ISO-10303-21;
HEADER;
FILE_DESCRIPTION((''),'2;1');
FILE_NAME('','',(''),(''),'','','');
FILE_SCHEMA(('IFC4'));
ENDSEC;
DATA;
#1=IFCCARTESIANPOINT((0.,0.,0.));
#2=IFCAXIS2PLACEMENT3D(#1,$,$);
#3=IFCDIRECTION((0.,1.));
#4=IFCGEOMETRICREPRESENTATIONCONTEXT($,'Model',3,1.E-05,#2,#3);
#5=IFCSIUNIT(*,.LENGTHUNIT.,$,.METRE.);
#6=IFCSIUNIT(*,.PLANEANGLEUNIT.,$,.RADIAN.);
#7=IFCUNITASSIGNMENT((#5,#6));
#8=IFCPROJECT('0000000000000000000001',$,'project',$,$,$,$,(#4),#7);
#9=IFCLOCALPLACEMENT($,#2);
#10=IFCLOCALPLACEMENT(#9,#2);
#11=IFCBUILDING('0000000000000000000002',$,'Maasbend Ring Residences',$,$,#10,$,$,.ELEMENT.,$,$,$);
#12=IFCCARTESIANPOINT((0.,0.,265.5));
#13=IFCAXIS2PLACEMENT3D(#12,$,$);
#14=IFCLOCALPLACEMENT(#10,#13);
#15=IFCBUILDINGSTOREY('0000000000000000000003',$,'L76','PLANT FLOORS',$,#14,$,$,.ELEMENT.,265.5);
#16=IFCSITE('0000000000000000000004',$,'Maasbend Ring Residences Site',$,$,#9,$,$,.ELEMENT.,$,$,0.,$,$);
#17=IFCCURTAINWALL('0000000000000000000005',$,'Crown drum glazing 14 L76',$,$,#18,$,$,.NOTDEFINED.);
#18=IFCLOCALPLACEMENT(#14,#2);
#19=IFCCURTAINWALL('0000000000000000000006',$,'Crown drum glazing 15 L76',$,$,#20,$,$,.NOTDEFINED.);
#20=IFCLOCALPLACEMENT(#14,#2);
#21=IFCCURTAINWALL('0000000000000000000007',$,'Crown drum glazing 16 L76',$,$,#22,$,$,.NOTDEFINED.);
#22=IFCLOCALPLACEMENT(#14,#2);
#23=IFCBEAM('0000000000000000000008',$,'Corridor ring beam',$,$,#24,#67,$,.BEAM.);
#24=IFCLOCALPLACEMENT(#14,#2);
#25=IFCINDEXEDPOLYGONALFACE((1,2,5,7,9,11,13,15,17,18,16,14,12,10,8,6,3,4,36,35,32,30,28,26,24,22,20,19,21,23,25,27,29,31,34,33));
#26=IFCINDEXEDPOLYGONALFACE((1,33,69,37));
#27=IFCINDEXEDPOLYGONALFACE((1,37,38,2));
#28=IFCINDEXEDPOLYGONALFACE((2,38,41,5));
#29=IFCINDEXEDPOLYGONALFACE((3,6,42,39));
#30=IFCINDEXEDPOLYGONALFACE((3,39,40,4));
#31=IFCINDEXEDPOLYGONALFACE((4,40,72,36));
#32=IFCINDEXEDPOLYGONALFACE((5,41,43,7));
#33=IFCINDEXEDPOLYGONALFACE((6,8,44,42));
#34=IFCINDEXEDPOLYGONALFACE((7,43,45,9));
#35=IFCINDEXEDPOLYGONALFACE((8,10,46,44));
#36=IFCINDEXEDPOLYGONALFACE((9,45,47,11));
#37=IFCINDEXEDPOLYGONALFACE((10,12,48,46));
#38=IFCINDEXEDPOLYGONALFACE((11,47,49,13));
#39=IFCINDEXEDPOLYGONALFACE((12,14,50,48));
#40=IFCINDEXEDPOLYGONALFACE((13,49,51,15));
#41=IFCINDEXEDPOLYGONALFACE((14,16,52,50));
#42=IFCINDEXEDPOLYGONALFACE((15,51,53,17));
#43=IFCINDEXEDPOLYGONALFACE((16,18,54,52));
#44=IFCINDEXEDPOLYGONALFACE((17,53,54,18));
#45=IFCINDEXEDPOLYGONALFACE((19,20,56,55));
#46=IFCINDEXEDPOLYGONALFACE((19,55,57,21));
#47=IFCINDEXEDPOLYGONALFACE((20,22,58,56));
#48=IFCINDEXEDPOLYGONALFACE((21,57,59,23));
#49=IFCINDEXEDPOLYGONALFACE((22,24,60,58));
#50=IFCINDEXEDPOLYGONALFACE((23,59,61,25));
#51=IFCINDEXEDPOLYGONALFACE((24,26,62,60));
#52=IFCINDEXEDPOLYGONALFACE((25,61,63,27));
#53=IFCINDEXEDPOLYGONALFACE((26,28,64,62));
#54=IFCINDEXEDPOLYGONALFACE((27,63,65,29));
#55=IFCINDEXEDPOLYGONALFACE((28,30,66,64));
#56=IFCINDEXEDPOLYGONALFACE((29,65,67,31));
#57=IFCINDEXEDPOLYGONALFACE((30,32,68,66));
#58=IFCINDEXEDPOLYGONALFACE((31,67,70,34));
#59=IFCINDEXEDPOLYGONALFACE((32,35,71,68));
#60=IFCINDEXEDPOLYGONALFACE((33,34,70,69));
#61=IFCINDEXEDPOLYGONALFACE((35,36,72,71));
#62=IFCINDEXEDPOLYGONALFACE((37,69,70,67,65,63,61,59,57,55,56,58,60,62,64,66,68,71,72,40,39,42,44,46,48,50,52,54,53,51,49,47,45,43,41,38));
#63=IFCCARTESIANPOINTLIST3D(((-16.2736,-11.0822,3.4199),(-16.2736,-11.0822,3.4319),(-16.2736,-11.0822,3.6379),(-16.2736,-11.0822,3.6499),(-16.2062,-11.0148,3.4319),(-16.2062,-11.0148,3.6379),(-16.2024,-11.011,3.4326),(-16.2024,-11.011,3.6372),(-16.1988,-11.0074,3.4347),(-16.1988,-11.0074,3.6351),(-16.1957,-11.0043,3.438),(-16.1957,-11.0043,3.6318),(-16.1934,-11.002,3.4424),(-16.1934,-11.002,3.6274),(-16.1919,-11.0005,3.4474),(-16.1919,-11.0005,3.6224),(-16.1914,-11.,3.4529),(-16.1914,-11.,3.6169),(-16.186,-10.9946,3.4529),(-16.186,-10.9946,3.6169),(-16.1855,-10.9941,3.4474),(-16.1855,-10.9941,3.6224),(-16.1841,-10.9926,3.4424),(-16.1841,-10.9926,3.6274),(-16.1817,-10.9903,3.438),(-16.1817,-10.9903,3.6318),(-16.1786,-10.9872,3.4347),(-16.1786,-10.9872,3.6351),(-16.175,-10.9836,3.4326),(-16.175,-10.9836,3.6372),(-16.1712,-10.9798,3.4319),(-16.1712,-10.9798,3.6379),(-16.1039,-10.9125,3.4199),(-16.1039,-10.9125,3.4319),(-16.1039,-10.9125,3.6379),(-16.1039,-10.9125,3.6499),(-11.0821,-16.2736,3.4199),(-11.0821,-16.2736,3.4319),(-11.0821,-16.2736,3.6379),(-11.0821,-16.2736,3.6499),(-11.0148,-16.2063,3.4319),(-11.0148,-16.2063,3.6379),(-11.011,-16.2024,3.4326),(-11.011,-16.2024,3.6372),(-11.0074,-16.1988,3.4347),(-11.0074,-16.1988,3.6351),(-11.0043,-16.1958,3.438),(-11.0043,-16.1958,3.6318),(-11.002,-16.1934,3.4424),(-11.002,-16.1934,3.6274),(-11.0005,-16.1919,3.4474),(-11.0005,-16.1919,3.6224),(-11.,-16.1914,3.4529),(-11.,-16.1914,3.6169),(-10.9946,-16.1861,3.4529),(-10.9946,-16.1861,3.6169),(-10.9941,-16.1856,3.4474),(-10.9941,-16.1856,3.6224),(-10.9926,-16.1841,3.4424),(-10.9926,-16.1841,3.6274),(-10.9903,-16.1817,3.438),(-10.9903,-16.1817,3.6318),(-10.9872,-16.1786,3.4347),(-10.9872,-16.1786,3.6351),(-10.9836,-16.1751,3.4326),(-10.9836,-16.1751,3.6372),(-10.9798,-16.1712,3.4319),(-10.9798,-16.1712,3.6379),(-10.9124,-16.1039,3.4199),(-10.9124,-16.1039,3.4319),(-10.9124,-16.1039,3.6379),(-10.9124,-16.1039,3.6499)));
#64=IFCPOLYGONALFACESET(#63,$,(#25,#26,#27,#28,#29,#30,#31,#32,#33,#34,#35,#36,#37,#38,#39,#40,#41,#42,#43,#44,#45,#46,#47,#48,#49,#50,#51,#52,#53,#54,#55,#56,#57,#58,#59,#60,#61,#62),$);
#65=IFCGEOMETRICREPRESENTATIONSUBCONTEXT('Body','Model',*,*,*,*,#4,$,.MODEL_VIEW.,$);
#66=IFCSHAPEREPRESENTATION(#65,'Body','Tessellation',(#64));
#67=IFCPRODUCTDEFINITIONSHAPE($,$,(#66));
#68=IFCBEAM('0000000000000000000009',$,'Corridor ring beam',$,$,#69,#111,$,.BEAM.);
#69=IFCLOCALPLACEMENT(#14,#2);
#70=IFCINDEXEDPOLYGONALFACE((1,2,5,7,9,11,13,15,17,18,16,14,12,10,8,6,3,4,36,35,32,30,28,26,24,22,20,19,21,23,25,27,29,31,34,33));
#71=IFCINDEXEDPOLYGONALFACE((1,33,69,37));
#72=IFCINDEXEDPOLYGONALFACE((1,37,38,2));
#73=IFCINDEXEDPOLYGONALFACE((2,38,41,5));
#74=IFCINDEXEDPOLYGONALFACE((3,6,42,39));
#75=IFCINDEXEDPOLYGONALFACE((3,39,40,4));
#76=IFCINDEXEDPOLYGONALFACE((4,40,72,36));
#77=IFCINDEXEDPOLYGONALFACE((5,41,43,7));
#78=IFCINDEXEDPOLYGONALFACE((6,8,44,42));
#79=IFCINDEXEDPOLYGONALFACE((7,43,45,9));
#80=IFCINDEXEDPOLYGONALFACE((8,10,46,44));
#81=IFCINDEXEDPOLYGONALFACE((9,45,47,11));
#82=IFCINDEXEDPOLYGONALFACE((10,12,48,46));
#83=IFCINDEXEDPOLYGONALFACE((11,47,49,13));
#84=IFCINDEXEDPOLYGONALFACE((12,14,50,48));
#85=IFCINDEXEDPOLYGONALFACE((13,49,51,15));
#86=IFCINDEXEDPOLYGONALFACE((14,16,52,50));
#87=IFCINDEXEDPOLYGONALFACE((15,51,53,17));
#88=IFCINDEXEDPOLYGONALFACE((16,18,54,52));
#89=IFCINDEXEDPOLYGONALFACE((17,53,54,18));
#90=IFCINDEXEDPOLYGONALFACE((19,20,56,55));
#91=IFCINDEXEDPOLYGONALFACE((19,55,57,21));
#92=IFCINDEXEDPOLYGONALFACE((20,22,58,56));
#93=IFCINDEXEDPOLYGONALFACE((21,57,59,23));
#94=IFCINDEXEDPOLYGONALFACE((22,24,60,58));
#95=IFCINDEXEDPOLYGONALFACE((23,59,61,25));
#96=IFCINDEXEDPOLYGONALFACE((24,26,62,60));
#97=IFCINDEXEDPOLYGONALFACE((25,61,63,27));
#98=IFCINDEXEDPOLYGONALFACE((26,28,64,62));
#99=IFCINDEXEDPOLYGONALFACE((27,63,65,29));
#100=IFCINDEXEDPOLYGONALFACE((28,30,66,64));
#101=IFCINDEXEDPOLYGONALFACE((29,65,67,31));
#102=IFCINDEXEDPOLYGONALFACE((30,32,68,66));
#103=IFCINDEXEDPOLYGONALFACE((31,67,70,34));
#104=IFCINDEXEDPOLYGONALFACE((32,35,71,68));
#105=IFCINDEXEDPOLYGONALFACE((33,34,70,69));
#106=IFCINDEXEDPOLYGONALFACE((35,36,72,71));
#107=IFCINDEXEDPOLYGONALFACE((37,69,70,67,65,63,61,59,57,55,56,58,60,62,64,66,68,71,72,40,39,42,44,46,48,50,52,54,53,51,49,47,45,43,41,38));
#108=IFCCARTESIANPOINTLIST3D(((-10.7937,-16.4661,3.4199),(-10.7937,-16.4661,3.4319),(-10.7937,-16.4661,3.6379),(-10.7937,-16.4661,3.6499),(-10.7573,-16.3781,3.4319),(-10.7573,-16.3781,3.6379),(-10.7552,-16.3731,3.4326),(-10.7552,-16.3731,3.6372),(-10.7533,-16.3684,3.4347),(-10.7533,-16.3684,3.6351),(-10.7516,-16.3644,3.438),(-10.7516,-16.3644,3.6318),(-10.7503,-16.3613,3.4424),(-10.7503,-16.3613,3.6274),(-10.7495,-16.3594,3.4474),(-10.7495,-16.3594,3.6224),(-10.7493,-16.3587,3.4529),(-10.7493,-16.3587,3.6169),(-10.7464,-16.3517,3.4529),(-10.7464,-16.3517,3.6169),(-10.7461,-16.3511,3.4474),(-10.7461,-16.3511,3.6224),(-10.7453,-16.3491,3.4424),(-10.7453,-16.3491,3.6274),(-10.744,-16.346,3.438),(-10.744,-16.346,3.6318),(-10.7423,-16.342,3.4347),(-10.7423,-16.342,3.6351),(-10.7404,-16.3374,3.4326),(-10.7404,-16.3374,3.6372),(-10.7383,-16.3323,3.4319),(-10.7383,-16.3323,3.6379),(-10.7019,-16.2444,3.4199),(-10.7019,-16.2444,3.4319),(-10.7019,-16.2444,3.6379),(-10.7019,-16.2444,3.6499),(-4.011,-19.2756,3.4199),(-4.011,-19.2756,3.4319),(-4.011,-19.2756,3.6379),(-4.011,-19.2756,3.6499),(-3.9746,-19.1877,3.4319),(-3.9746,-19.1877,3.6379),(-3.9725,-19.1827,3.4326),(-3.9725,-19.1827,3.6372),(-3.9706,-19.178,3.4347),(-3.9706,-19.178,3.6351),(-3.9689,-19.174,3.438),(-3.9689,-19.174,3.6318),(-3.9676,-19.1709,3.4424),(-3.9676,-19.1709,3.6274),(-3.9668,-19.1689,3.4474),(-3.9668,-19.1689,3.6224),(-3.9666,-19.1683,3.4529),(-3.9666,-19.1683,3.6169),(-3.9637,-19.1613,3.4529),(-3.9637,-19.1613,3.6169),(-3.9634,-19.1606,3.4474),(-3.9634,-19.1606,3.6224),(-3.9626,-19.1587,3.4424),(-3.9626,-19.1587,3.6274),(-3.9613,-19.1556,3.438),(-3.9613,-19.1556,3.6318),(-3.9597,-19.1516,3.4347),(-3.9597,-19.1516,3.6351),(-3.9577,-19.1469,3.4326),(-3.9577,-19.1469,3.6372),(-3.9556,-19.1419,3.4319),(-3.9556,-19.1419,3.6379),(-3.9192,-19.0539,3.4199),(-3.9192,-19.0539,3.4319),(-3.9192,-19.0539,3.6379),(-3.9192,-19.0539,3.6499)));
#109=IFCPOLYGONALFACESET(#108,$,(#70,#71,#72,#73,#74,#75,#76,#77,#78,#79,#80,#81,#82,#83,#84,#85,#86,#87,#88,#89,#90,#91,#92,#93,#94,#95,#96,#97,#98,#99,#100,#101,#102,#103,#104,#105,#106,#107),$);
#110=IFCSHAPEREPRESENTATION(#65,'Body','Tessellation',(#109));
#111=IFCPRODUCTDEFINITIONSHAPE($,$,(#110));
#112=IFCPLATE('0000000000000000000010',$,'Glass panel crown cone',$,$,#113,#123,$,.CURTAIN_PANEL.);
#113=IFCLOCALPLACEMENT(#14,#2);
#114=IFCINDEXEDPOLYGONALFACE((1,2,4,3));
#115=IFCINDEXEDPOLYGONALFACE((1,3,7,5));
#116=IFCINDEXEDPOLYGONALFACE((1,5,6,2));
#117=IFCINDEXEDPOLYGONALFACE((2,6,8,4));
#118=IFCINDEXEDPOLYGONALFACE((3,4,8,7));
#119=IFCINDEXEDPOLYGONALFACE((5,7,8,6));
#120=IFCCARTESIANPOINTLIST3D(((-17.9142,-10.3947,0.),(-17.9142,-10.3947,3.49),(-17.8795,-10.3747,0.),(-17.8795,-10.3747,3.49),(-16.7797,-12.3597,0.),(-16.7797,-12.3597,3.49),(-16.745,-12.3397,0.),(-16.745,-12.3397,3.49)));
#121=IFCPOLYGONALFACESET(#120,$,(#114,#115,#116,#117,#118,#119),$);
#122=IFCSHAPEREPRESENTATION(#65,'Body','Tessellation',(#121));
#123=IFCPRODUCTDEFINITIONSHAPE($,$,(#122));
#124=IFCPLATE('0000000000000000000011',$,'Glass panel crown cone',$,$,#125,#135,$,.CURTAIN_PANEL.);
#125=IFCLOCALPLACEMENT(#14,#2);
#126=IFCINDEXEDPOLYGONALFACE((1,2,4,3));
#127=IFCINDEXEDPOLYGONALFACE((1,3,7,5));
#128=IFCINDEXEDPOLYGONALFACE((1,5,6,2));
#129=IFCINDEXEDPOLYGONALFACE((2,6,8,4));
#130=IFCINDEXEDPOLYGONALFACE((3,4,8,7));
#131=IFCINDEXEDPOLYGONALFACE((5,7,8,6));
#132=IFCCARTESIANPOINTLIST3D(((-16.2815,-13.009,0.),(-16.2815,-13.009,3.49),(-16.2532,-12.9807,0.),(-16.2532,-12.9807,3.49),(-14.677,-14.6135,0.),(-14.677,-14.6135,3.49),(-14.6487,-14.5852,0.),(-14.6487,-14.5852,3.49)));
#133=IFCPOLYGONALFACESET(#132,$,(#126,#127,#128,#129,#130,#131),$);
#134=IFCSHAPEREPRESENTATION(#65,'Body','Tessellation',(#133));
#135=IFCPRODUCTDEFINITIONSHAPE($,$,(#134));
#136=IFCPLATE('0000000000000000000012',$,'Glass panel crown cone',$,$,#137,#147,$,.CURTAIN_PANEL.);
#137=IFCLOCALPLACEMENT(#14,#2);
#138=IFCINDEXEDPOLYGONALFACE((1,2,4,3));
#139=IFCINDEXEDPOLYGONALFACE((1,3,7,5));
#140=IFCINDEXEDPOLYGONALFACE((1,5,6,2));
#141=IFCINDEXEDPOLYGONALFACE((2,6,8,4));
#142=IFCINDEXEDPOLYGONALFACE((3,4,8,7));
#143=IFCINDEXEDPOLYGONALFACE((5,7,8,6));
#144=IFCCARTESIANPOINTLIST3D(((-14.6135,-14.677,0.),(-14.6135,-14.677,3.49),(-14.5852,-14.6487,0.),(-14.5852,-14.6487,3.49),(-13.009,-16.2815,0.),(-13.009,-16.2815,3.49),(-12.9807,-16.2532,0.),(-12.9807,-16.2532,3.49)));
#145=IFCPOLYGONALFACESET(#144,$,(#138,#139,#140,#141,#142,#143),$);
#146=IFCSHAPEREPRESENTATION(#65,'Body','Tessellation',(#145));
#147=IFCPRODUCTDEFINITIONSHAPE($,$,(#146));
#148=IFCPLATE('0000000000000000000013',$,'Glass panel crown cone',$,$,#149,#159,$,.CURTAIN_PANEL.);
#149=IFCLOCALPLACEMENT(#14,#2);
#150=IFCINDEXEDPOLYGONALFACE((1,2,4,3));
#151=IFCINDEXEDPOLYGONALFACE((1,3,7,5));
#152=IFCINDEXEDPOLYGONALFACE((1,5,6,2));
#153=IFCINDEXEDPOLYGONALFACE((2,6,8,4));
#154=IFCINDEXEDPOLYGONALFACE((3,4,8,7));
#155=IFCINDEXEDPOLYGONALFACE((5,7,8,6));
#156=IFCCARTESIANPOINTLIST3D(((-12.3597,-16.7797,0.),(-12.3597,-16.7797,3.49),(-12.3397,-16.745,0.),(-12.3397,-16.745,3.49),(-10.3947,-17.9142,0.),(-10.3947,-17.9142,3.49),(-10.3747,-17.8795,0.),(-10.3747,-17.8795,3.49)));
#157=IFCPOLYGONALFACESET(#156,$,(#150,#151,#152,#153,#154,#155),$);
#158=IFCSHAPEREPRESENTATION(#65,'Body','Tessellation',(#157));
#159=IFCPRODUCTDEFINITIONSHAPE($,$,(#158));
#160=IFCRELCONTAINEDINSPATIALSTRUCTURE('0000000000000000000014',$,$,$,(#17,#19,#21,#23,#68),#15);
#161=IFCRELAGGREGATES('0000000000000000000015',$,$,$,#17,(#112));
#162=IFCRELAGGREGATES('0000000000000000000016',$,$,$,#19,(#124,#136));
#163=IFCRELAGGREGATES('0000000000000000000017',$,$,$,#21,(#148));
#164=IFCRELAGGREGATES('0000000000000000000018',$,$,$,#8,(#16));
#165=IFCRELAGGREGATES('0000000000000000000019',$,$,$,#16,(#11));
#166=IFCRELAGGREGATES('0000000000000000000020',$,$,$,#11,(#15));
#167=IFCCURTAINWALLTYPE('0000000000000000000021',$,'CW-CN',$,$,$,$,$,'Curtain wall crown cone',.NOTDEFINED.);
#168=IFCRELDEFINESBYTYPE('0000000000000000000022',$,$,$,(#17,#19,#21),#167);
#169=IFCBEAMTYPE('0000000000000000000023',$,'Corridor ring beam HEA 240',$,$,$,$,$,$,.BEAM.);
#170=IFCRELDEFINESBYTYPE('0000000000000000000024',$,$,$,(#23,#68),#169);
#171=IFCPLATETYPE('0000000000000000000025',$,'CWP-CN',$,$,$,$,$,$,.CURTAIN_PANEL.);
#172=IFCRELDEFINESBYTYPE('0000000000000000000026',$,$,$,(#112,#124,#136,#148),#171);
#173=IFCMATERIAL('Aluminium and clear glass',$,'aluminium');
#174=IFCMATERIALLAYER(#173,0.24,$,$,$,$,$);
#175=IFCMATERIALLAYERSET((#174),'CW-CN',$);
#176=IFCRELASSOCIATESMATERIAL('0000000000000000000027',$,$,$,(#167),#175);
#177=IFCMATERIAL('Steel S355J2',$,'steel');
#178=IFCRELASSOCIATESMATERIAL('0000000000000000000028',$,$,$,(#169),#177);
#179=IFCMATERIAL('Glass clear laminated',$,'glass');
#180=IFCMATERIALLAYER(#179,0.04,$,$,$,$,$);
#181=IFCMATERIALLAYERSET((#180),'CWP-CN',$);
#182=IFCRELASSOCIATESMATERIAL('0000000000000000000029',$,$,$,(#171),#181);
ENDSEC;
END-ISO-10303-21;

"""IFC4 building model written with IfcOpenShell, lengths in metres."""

from ifc_helpers import new_model, si_unit, direction, frame, origin, origin_2d, place, context, subcontext, project, spatial, rectangle, i_section, extrude, material, layer, layer_set, material_profile, profile_set, type_object, element, aggregate, save


model = new_model("IFC4")

# Units and contexts
model_context = context("Model", 3, precision=1e-05, world=origin(), true_north=direction((0.0, 1.0)))
body_context = subcontext(model_context, "Body", "Model", "MODEL_VIEW")
ifc_project = project(units=[si_unit("LENGTHUNIT", "METRE"), si_unit("PLANEANGLEUNIT", "RADIAN")], contexts=[model_context])

# Site, building, storey
site_placement = place(None, origin())
site = spatial("IfcSite", under=ifc_project, at=site_placement, Name="Maasbend Ring Residences Site", CompositionType="ELEMENT", RefElevation=0.0)
building_placement = place(site_placement, origin())
building = spatial("IfcBuilding", under=site, at=building_placement, Name="Maasbend Ring Residences", CompositionType="ELEMENT")
storey_placement = place(building_placement, frame((0.0, 0.0, 265.5)))
storey = spatial("IfcBuildingStorey", under=building, at=storey_placement, Name="L76", Description="PLANT FLOORS", CompositionType="ELEMENT", Elevation=265.5)

# Curtain wall
ifc_material_1 = material(Name="Aluminium and clear glass", Category="aluminium")
ifc_layer_1 = layer(ifc_material_1, 0.24)
ifc_layer_set_1 = layer_set([ifc_layer_1], Name="CW-CN")
curtain_wall_type = type_object("IfcCurtainWallType", Name="CW-CN", ElementType="Curtain wall crown cone", PredefinedType="NOTDEFINED", material=ifc_layer_set_1)
curtain_wall_1_placement = place(storey_placement, origin())
curtain_wall_1 = element("IfcCurtainWall", 1, at=curtain_wall_1_placement, inside=storey, type_object=curtain_wall_type, Name="Crown drum glazing 14 L76", PredefinedType="NOTDEFINED")

# Curtain wall
curtain_wall_2_placement = place(storey_placement, origin())
curtain_wall_2 = element("IfcCurtainWall", 2, at=curtain_wall_2_placement, inside=storey, type_object=curtain_wall_type, Name="Crown drum glazing 15 L76", PredefinedType="NOTDEFINED")

# Curtain wall
curtain_wall_3_placement = place(storey_placement, origin())
curtain_wall_3 = element("IfcCurtainWall", 3, at=curtain_wall_3_placement, inside=storey, type_object=curtain_wall_type, Name="Crown drum glazing 16 L76", PredefinedType="NOTDEFINED")

# Beams
ifc_material_2 = material(Name="Steel S355J2", Category="steel")
ifc_material_profile_1 = material_profile(ifc_material_2, i_section(OverallWidth=0.24, OverallDepth=0.23, WebThickness=0.0076, FlangeThickness=0.012, FilletRadius=0.021, at=origin_2d()), Name="HEA 240")
ifc_profile_set_1 = profile_set([ifc_material_profile_1], Name="Steel S355J2")
beam_type = type_object("IfcBeamType", Name="Corridor ring beam HEA 240", PredefinedType="BEAM", material=ifc_profile_set_1)
beam_1_placement = place(storey_placement, frame((-16.1887, -10.9973, 3.5349), z_axis=(0.707107, -0.707107, 0.0), x_axis=(0.707107, 0.707107, 0.0)))
element("IfcBeam", 4, at=beam_1_placement, inside=storey, type_object=beam_type, Name="Corridor ring beam", PredefinedType="BEAM", context=body_context, shape_type="SweptSolid", body=[
    extrude(i_section(OverallWidth=0.24, OverallDepth=0.23, WebThickness=0.0076, FlangeThickness=0.012, FilletRadius=0.021, at=origin_2d()), origin(), (0.0, 0.0, 1.0), 7.3418),
])
beam_2_placement = place(storey_placement, frame((-10.7478, -16.3552, 3.5349), z_axis=(0.923876, -0.382692, 0.0), x_axis=(0.382692, 0.923876, 0.0)))
element("IfcBeam", 5, at=beam_2_placement, inside=storey, type_object=beam_type, Name="Corridor ring beam", PredefinedType="BEAM", context=body_context, shape_type="SweptSolid", body=[
    extrude(i_section(OverallWidth=0.24, OverallDepth=0.23, WebThickness=0.0076, FlangeThickness=0.012, FilletRadius=0.021, at=origin_2d()), origin(), (0.0, 0.0, 1.0), 7.3416),
])

# Plates
ifc_material_3 = material(Name="Glass clear laminated", Category="glass")
ifc_layer_2 = layer(ifc_material_3, 0.04)
ifc_layer_set_2 = layer_set([ifc_layer_2], Name="CWP-CN")
plate_type = type_object("IfcPlateType", Name="CWP-CN", PredefinedType="CURTAIN_PANEL", material=ifc_layer_set_2)
plate_1_placement = place(storey_placement, frame((-17.3296, -11.3672, 0.0), z_axis=(0.0, 0.0, 1.0), x_axis=(0.5, -0.866025, 0.0)))
plate_1 = element("IfcPlate", 6, at=plate_1_placement, type_object=plate_type, Name="Glass panel crown cone", PredefinedType="CURTAIN_PANEL", context=body_context, shape_type="SweptSolid", body=[
    extrude(rectangle(XDim=2.269, YDim=0.04, at=origin_2d()), origin(), (0.0, 0.0, 1.0), 3.49),
])
aggregate(curtain_wall_1, [plate_1])
plate_2_placement = place(storey_placement, frame((-15.4651, -13.7971, 0.0), z_axis=(0.0, 0.0, 1.0), x_axis=(0.707107, -0.707107, 0.0)))
plate_2 = element("IfcPlate", 7, at=plate_2_placement, type_object=plate_type, Name="Glass panel crown cone", PredefinedType="CURTAIN_PANEL", context=body_context, shape_type="SweptSolid", body=[
    extrude(rectangle(XDim=2.269, YDim=0.04, at=origin_2d()), origin(), (0.0, 0.0, 1.0), 3.49),
])
plate_3_placement = place(storey_placement, frame((-13.7971, -15.4651, 0.0), z_axis=(0.0, 0.0, 1.0), x_axis=(0.707107, -0.707107, 0.0)))
plate_3 = element("IfcPlate", 8, at=plate_3_placement, type_object=plate_type, Name="Glass panel crown cone", PredefinedType="CURTAIN_PANEL", context=body_context, shape_type="SweptSolid", body=[
    extrude(rectangle(XDim=2.269, YDim=0.04, at=origin_2d()), origin(), (0.0, 0.0, 1.0), 3.49),
])
aggregate(curtain_wall_2, [plate_2, plate_3])
plate_4_placement = place(storey_placement, frame((-11.3672, -17.3296, 0.0), z_axis=(0.0, 0.0, 1.0), x_axis=(0.866025, -0.5, 0.0)))
plate_4 = element("IfcPlate", 9, at=plate_4_placement, type_object=plate_type, Name="Glass panel crown cone", PredefinedType="CURTAIN_PANEL", context=body_context, shape_type="SweptSolid", body=[
    extrude(rectangle(XDim=2.269, YDim=0.04, at=origin_2d()), origin(), (0.0, 0.0, 1.0), 3.49),
])
aggregate(curtain_wall_3, [plate_4])

save(model, "model.ifc")
